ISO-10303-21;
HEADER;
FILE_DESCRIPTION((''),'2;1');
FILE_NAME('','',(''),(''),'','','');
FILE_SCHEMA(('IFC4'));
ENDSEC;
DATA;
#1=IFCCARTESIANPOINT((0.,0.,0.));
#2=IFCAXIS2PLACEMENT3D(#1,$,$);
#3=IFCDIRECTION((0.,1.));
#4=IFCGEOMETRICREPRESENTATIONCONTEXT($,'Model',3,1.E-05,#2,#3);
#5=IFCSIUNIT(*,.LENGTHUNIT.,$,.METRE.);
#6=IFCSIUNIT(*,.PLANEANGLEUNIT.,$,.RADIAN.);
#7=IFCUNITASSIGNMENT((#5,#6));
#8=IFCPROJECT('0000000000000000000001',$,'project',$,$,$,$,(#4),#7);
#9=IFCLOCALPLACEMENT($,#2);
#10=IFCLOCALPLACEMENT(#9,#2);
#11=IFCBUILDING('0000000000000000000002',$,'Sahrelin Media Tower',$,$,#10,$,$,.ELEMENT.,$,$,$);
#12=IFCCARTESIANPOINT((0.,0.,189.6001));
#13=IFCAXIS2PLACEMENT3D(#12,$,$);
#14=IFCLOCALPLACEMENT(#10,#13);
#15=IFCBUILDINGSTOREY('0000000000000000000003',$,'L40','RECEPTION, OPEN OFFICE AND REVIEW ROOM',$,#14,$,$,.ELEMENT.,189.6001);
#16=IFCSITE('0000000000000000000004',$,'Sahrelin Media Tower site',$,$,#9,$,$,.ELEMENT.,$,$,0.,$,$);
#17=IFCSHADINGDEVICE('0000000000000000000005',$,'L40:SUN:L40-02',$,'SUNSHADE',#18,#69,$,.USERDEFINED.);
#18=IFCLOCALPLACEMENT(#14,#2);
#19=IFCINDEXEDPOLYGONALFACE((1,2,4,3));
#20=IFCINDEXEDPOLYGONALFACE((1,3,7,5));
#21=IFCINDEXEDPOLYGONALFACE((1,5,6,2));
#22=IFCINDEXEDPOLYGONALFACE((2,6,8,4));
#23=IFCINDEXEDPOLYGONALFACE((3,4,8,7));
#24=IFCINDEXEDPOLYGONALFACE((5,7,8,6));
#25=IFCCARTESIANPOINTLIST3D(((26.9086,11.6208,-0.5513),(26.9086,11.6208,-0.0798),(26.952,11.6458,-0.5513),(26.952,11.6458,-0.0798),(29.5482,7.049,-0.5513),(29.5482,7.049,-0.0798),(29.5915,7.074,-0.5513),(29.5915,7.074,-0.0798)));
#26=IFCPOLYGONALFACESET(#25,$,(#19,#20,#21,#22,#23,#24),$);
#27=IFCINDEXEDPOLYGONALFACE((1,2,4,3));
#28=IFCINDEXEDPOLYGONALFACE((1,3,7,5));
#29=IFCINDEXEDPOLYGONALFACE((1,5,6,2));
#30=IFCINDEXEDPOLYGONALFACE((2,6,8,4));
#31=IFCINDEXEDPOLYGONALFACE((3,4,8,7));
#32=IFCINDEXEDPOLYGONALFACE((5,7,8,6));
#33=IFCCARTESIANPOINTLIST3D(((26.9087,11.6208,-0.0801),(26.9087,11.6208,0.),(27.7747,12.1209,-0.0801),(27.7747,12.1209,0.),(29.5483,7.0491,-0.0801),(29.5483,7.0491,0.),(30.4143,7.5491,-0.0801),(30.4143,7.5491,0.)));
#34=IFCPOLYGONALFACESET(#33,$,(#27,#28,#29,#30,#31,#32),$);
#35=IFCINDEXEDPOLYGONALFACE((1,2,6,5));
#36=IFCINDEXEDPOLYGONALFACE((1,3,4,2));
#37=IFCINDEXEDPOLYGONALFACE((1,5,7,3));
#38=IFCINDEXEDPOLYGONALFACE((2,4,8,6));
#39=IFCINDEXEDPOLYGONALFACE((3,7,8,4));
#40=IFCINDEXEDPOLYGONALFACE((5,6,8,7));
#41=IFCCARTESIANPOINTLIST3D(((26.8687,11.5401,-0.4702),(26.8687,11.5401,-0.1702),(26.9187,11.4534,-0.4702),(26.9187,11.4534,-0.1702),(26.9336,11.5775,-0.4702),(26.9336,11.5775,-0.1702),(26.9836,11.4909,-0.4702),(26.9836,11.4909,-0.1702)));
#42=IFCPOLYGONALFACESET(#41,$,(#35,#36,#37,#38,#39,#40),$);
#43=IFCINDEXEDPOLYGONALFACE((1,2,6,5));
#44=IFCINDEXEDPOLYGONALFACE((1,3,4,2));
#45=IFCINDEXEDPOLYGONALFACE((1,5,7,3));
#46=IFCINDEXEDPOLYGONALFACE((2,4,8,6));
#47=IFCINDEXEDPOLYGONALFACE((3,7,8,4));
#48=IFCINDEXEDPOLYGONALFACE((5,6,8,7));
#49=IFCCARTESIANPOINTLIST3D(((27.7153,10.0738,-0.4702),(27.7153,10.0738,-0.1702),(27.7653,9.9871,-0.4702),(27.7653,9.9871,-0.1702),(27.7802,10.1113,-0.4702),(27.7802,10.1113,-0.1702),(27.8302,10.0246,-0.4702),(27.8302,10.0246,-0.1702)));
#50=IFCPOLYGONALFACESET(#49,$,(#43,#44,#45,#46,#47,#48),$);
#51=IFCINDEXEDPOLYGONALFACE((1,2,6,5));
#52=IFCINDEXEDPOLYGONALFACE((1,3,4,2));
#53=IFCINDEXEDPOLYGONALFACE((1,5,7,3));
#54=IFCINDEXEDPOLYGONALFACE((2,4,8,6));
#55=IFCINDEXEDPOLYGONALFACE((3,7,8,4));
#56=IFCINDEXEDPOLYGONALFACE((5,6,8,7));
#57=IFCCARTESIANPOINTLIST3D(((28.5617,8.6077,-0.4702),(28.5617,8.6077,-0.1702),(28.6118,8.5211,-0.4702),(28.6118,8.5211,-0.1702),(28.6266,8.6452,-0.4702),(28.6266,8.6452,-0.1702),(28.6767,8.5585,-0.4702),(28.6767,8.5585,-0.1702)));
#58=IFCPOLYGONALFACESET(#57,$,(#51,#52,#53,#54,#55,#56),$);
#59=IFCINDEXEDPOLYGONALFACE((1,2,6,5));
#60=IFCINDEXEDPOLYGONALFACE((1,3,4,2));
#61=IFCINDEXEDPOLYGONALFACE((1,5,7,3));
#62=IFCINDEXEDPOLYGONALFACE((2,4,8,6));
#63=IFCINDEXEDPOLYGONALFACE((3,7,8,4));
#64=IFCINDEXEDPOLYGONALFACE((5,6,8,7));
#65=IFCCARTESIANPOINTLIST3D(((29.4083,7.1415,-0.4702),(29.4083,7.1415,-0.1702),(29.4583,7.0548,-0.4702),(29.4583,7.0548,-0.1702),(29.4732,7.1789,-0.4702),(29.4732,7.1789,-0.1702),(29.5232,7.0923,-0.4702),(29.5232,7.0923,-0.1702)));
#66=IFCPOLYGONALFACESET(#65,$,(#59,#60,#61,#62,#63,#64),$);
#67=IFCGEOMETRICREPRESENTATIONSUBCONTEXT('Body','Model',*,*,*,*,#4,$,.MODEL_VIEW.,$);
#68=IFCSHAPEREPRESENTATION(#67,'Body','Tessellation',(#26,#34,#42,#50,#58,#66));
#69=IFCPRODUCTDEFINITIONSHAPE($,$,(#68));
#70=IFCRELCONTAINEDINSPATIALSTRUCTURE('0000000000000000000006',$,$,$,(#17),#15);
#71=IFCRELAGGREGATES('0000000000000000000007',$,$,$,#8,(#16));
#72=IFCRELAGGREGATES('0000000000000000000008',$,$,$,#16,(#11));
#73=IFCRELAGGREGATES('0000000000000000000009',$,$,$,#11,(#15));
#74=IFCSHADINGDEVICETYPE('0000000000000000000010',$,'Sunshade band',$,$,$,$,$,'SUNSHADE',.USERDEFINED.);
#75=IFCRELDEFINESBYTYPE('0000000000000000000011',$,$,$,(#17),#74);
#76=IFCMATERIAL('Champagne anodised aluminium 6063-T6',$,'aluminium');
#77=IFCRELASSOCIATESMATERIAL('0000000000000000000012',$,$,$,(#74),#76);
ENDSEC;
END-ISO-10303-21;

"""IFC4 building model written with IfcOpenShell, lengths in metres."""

from ifc_helpers import new_model, si_unit, direction, frame, origin, origin_2d, place, context, subcontext, project, spatial, rectangle, extrude, material, type_object, element, save


model = new_model("IFC4")

# Units and contexts
model_context = context("Model", 3, precision=1e-05, world=origin(), true_north=direction((0.0, 1.0)))
body_context = subcontext(model_context, "Body", "Model", "MODEL_VIEW")
ifc_project = project(units=[si_unit("LENGTHUNIT", "METRE"), si_unit("PLANEANGLEUNIT", "RADIAN")], contexts=[model_context])

# Site, building, storey
site_placement = place(None, origin())
site = spatial("IfcSite", under=ifc_project, at=site_placement, Name="Sahrelin Media Tower site", CompositionType="ELEMENT", RefElevation=0.0)
building_placement = place(site_placement, origin())
building = spatial("IfcBuilding", under=site, at=building_placement, Name="Sahrelin Media Tower", CompositionType="ELEMENT")
storey_placement = place(building_placement, frame((0.0, 0.0, 189.6001)))
storey = spatial("IfcBuildingStorey", under=building, at=storey_placement, Name="L40", Description="RECEPTION, OPEN OFFICE AND REVIEW ROOM", CompositionType="ELEMENT", Elevation=189.6001)

# Shared definitions
ifc_material_1 = material(Name="Champagne anodised aluminium 6063-T6", Category="aluminium")

# Shading device
shading_device_type_1 = type_object("IfcShadingDeviceType", Name="Sunshade band", ElementType="SUNSHADE", PredefinedType="USERDEFINED", material=ifc_material_1)
shading_device_1_placement = place(storey_placement, frame((28.2112, 9.325, 0.0), z_axis=(0.0, 0.0, 1.0), x_axis=(0.500011, -0.866019, 0.0)))
element("IfcShadingDevice", 1, at=shading_device_1_placement, inside=storey, type_object=shading_device_type_1, Name="L40:SUN:L40-02", ObjectType="SUNSHADE", PredefinedType="USERDEFINED", context=body_context, shape_type="SweptSolid", body=[
    extrude(rectangle(XDim=5.2791, YDim=0.05, at=origin_2d()), frame((0.0, 0.0449, -0.5513)), (0.0, 0.0, 1.0), 0.4714),
    extrude(rectangle(XDim=5.2791, YDim=1.0, at=origin_2d()), frame((0.0, 0.52, -0.0801)), (0.0, 0.0, 1.0), 0.0801),
    extrude(rectangle(XDim=0.1001, YDim=0.075, at=origin_2d()), frame((-2.5396, -0.0176, -0.4702)), (0.0, 0.0, 1.0), 0.3),
    extrude(rectangle(XDim=0.1001, YDim=0.075, at=origin_2d()), frame((-0.8464, -0.0176, -0.4702)), (0.0, 0.0, 1.0), 0.3),
    extrude(rectangle(XDim=0.1001, YDim=0.075, at=origin_2d()), frame((0.8464, -0.0176, -0.4702)), (0.0, 0.0, 1.0), 0.3),
    extrude(rectangle(XDim=0.1001, YDim=0.075, at=origin_2d()), frame((2.5396, -0.0176, -0.4702)), (0.0, 0.0, 1.0), 0.3),
])

save(model, "model.ifc")
